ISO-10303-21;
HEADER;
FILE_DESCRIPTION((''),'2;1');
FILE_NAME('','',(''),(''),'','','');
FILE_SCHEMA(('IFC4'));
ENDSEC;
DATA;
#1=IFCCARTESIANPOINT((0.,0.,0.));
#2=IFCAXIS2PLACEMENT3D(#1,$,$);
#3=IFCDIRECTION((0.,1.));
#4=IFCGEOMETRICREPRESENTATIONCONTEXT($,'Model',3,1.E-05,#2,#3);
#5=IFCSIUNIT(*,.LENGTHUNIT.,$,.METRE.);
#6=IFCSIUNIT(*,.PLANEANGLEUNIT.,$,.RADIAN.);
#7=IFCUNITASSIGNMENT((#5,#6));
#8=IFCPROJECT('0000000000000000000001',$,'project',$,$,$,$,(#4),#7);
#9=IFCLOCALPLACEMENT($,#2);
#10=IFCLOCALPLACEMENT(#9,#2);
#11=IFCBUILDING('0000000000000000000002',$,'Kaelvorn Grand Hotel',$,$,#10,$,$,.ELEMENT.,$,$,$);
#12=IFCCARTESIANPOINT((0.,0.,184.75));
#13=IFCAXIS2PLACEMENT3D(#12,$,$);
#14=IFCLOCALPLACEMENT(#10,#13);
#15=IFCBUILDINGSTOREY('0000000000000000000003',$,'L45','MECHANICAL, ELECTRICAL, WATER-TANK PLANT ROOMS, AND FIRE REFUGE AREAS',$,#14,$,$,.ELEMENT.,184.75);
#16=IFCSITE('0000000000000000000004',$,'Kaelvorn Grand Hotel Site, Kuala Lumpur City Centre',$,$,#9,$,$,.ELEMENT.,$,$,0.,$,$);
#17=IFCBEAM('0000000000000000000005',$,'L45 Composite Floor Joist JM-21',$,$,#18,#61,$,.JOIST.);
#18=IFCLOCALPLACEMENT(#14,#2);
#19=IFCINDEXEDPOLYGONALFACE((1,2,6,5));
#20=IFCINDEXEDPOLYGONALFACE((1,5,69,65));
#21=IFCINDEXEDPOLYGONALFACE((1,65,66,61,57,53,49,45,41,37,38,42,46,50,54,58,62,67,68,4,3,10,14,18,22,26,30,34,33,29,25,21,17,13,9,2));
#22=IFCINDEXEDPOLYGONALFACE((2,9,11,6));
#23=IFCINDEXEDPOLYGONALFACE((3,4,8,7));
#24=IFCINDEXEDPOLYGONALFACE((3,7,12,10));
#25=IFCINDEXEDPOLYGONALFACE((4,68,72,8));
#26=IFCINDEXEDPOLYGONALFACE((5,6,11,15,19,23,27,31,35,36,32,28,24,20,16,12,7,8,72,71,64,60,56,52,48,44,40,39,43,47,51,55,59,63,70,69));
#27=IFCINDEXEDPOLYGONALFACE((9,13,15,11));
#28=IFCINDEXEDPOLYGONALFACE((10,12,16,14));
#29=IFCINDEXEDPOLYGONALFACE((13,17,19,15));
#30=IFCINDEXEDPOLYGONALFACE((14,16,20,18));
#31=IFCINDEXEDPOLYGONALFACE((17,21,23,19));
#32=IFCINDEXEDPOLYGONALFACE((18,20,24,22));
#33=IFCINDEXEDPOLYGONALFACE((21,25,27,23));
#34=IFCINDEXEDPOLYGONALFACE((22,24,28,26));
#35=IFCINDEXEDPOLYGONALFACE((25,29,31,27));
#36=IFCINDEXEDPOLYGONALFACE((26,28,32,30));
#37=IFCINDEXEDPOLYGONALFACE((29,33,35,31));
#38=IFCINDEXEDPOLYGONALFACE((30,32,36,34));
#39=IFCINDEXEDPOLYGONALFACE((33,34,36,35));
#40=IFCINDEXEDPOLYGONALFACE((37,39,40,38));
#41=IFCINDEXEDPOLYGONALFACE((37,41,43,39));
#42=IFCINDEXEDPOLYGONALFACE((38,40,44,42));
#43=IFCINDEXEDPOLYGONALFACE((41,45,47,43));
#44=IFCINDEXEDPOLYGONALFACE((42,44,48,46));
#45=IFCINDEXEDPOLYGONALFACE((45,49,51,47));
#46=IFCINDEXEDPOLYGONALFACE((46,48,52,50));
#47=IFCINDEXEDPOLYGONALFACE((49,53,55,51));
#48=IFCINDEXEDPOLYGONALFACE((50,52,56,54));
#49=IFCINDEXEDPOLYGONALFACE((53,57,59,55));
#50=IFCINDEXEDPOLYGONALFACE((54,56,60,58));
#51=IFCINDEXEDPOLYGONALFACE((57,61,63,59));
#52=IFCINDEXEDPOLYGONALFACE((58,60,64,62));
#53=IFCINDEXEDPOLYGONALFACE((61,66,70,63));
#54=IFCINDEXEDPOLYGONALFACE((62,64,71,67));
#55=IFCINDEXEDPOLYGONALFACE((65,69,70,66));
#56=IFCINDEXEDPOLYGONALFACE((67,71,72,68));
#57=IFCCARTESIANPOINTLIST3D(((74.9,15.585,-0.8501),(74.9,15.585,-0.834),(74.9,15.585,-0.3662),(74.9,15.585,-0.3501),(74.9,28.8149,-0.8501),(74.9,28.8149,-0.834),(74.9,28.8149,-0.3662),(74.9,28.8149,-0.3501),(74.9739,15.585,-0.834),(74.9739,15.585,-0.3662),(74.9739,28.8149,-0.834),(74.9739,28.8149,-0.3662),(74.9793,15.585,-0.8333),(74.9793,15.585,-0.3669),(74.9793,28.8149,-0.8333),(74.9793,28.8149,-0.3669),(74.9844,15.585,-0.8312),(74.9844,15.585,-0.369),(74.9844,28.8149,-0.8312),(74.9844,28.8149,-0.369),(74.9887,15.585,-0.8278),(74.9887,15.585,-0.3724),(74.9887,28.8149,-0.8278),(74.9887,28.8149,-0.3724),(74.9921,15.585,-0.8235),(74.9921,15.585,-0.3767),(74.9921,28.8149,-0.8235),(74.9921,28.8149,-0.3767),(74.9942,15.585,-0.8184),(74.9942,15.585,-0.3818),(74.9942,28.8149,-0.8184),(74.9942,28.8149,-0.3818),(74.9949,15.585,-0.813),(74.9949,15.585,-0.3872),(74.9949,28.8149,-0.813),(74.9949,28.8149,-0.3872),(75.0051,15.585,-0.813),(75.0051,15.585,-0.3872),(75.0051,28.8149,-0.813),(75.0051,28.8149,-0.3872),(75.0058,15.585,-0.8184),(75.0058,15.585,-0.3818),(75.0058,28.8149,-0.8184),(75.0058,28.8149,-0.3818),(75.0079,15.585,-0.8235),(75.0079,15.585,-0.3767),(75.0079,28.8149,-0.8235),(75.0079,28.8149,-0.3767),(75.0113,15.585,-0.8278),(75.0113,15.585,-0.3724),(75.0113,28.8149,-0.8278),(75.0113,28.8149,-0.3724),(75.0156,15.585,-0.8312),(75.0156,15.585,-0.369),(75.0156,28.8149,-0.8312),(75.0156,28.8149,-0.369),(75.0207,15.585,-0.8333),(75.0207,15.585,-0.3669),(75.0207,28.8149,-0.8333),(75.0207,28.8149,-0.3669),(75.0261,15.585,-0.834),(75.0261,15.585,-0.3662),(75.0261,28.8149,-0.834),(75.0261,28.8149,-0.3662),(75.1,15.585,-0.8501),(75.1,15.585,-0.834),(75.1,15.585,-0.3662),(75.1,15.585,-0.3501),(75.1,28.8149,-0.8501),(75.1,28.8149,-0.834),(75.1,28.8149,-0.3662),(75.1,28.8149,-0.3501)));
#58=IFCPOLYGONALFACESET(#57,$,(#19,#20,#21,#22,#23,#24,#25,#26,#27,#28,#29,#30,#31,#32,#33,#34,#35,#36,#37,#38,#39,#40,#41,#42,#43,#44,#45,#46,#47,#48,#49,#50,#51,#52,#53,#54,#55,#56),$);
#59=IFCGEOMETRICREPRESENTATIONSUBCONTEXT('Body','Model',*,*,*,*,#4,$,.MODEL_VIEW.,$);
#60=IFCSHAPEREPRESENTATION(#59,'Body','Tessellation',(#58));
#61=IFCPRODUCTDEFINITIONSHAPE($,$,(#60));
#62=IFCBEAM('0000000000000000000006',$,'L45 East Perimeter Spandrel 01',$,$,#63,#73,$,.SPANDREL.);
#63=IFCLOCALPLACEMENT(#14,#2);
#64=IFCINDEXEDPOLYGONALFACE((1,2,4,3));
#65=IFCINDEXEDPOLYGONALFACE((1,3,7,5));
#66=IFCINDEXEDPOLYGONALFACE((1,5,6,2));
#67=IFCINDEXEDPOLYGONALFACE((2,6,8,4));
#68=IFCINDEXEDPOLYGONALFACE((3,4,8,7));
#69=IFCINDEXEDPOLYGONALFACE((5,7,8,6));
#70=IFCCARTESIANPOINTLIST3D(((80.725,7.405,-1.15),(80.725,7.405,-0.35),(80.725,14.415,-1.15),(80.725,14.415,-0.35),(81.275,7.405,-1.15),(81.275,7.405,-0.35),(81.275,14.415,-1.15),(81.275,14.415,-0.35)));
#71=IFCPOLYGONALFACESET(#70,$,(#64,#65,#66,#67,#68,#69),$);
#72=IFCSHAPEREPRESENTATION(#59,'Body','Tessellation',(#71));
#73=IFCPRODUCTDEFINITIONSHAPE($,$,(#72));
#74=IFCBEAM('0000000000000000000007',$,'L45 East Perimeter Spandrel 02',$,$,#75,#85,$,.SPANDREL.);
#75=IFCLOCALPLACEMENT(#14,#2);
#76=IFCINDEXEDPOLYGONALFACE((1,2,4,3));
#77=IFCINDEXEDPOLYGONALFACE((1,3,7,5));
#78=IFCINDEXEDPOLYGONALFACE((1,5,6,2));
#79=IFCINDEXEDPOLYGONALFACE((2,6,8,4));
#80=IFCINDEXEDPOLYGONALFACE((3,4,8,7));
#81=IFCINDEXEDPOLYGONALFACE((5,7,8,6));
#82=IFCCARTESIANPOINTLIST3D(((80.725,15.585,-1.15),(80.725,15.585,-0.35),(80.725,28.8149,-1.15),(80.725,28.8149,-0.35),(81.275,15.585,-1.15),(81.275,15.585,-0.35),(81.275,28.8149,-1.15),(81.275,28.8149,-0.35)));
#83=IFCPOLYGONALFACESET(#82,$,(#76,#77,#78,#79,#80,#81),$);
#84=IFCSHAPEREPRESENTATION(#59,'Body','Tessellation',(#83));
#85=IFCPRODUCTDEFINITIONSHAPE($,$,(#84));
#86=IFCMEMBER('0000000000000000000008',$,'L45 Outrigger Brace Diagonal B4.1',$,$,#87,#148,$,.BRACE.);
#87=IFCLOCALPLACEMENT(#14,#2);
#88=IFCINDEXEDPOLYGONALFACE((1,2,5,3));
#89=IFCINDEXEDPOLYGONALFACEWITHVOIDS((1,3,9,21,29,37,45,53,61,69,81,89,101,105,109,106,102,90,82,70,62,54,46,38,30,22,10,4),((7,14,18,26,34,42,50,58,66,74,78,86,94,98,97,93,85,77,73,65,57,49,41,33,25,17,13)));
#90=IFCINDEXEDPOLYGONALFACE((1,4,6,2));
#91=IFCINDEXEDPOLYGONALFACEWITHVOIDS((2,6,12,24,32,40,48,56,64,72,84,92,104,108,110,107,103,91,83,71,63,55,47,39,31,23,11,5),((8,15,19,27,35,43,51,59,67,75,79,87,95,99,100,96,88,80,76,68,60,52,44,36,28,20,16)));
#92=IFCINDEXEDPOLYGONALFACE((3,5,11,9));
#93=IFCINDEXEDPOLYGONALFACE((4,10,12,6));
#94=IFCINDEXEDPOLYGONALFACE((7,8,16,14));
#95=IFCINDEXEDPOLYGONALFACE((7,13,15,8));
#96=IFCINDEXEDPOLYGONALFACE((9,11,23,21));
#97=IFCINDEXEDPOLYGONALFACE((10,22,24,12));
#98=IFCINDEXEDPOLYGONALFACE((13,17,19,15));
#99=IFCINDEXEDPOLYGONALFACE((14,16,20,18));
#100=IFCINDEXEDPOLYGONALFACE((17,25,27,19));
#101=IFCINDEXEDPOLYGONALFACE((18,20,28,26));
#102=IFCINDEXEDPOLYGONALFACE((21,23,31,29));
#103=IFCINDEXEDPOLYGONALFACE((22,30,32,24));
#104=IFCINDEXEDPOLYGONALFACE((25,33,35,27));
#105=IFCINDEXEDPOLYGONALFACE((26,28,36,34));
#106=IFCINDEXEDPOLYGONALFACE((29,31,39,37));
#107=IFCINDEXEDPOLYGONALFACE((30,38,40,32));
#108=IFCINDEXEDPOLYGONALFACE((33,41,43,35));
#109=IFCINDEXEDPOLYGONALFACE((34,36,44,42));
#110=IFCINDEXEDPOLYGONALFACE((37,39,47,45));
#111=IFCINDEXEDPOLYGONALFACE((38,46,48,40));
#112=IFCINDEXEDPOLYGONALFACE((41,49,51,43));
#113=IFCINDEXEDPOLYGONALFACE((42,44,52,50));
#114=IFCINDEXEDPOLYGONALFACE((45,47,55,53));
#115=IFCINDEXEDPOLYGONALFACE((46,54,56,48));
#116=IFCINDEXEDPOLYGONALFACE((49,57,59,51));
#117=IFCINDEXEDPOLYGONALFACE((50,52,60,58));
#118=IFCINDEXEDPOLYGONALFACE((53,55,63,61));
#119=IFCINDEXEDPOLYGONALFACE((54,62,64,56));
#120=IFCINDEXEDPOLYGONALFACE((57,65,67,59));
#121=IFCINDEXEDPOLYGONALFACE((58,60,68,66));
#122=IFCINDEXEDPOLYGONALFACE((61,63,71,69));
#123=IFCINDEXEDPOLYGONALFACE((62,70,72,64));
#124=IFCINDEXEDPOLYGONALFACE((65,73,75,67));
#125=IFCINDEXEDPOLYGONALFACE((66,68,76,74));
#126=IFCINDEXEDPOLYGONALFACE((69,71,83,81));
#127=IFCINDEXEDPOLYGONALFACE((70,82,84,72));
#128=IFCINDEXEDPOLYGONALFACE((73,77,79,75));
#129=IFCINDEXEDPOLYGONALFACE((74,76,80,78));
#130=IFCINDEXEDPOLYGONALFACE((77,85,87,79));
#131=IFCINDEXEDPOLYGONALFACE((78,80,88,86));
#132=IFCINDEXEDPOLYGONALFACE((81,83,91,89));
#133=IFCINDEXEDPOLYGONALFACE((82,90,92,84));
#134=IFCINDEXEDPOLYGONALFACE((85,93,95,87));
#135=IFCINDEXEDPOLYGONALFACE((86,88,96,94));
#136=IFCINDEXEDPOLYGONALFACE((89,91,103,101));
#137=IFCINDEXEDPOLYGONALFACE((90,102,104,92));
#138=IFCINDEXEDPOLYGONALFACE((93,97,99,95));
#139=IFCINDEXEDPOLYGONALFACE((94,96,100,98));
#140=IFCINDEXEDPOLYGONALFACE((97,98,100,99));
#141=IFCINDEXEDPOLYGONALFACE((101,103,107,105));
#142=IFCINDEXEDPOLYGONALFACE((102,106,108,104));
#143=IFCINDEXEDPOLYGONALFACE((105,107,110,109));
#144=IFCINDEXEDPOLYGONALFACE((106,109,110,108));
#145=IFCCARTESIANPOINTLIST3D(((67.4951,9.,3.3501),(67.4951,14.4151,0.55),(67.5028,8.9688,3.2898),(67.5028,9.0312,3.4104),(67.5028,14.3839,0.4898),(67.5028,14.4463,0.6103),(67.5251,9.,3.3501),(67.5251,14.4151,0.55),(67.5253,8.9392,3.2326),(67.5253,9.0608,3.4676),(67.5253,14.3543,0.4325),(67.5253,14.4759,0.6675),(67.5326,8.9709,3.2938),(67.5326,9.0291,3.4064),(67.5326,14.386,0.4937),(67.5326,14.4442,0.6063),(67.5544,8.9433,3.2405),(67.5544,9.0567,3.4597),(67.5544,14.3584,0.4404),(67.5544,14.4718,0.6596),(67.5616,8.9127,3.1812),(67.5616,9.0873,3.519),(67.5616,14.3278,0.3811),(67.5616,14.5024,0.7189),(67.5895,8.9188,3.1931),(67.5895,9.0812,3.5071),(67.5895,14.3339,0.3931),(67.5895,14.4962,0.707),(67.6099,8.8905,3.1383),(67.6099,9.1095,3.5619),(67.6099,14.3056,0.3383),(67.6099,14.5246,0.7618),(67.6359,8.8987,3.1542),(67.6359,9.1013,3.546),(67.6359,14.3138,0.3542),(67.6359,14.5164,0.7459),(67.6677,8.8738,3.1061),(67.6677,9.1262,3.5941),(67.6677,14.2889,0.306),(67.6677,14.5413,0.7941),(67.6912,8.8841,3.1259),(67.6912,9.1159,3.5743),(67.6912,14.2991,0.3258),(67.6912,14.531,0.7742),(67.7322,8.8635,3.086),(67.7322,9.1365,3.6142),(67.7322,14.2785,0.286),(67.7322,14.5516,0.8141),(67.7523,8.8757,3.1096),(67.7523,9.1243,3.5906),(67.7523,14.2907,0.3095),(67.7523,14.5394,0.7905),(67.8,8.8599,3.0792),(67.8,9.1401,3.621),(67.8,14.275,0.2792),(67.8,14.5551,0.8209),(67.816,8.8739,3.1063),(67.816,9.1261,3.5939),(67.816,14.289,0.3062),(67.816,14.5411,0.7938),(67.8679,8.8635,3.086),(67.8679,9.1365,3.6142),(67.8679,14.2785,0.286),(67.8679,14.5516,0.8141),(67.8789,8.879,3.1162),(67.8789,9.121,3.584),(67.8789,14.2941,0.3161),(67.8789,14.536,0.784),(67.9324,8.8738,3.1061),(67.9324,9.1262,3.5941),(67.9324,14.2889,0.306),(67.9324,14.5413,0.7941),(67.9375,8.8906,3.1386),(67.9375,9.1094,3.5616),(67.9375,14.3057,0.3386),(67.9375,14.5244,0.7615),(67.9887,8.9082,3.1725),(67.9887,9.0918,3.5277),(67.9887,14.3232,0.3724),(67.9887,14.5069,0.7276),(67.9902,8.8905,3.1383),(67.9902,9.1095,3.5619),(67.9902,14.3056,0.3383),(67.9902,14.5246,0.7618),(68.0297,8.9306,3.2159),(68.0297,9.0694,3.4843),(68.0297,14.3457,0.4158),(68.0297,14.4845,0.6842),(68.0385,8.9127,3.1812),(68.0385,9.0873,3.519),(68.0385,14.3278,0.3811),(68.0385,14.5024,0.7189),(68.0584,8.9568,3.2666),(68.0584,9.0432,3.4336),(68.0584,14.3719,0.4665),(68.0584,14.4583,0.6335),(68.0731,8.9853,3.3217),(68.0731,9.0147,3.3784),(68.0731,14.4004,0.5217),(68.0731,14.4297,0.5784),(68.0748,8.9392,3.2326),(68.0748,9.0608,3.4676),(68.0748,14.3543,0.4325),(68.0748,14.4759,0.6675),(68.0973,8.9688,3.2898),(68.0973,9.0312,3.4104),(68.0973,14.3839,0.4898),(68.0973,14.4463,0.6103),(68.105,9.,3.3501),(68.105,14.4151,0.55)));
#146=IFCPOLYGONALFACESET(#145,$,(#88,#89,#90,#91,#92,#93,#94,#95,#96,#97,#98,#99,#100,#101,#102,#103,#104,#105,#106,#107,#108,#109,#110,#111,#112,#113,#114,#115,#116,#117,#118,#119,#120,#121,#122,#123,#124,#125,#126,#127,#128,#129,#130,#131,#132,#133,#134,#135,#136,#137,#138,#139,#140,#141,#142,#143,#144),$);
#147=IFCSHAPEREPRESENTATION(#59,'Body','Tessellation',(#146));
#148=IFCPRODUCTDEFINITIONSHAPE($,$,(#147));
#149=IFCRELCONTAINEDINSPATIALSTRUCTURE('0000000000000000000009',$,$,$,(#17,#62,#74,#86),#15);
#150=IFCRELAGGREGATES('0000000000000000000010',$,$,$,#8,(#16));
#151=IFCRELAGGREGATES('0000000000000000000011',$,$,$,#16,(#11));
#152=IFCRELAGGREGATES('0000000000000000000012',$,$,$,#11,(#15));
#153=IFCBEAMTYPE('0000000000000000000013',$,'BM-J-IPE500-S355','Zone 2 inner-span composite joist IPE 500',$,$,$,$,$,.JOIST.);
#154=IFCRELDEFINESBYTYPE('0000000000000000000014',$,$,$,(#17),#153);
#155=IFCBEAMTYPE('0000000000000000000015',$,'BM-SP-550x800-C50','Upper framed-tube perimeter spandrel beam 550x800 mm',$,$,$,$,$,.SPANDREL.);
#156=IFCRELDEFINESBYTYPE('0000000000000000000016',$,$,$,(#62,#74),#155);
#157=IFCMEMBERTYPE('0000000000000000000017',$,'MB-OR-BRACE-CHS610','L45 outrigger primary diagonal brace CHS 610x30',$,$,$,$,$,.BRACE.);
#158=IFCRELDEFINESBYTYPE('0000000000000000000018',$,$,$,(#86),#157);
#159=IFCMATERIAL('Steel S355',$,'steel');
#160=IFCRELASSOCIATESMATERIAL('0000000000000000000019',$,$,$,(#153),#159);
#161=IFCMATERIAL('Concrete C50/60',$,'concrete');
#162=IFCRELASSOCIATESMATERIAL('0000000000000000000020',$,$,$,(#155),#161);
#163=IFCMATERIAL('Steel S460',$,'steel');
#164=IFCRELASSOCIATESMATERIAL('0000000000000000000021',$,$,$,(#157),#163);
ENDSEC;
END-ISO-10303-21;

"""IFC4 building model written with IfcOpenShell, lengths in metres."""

from ifc_helpers import new_model, si_unit, direction, frame, origin, origin_2d, place, context, subcontext, project, spatial, rectangle, hollow_circle, i_section, extrude, material, material_profile, profile_set, type_object, element, save


model = new_model("IFC4")

# Units and contexts
model_context = context("Model", 3, precision=1e-05, world=origin(), true_north=direction((0.0, 1.0)))
body_context = subcontext(model_context, "Body", "Model", "MODEL_VIEW")
ifc_project = project(units=[si_unit("LENGTHUNIT", "METRE"), si_unit("PLANEANGLEUNIT", "RADIAN")], contexts=[model_context])

# Site, building, storey
site_placement = place(None, origin())
site = spatial("IfcSite", under=ifc_project, at=site_placement, Name="Kaelvorn Grand Hotel Site, Kuala Lumpur City Centre", CompositionType="ELEMENT", RefElevation=0.0)
building_placement = place(site_placement, origin())
building = spatial("IfcBuilding", under=site, at=building_placement, Name="Kaelvorn Grand Hotel", CompositionType="ELEMENT")
storey_placement = place(building_placement, frame((0.0, 0.0, 184.75)))
storey = spatial("IfcBuildingStorey", under=building, at=storey_placement, Name="L45", Description="MECHANICAL, ELECTRICAL, WATER-TANK PLANT ROOMS, AND FIRE REFUGE AREAS", CompositionType="ELEMENT", Elevation=184.75)

# Beams
ifc_material_1 = material(Name="Steel S460", Category="steel")
ifc_material_2 = material(Name="Steel S355", Category="steel")
ifc_material_profile_1 = material_profile(ifc_material_2, i_section(OverallWidth=0.2, OverallDepth=0.5, WebThickness=0.0103, FlangeThickness=0.0161, FilletRadius=0.021, at=origin_2d()), Name="IPE 500")
ifc_profile_set_1 = profile_set([ifc_material_profile_1], Name="Steel S355")
beam_type_1 = type_object("IfcBeamType", Name="BM-J-IPE500-S355", Description="Zone 2 inner-span composite joist IPE 500", PredefinedType="JOIST", material=ifc_profile_set_1)
beam_1_placement = place(storey_placement, frame((75.0, 15.585, -0.6001), z_axis=(0.0, 1.0, 0.0), x_axis=(-1.0, 0.0, 0.0)))
element("IfcBeam", 1, at=beam_1_placement, inside=storey, type_object=beam_type_1, Name="L45 Composite Floor Joist JM-21", PredefinedType="JOIST", context=body_context, shape_type="SweptSolid", body=[
    extrude(i_section(OverallWidth=0.2, OverallDepth=0.5, WebThickness=0.0103, FlangeThickness=0.0161, FilletRadius=0.021, at=origin_2d()), origin(), (0.0, 0.0, 1.0), 13.23),
])
ifc_material_3 = material(Name="Concrete C50/60", Category="concrete")
ifc_material_profile_2 = material_profile(ifc_material_3, rectangle(XDim=0.55, YDim=0.8, at=origin_2d()), Name="RC SPANDREL 550x800")
ifc_profile_set_2 = profile_set([ifc_material_profile_2], Name="Concrete C50/60")
beam_type_2 = type_object("IfcBeamType", Name="BM-SP-550x800-C50", Description="Upper framed-tube perimeter spandrel beam 550x800 mm", PredefinedType="SPANDREL", material=ifc_profile_set_2)
beam_2_placement = place(storey_placement, frame((81.0, 7.405, -0.75), z_axis=(0.0, 1.0, 0.0), x_axis=(-1.0, 0.0, 0.0)))
element("IfcBeam", 2, at=beam_2_placement, inside=storey, type_object=beam_type_2, Name="L45 East Perimeter Spandrel 01", PredefinedType="SPANDREL", context=body_context, shape_type="SweptSolid", body=[
    extrude(rectangle(XDim=0.55, YDim=0.8, at=origin_2d()), origin(), (0.0, 0.0, 1.0), 7.01),
])
beam_3_placement = place(storey_placement, frame((81.0, 15.585, -0.75), z_axis=(0.0, 1.0, 0.0), x_axis=(-1.0, 0.0, 0.0)))
element("IfcBeam", 3, at=beam_3_placement, inside=storey, type_object=beam_type_2, Name="L45 East Perimeter Spandrel 02", PredefinedType="SPANDREL", context=body_context, shape_type="SweptSolid", body=[
    extrude(rectangle(XDim=0.55, YDim=0.8, at=origin_2d()), origin(), (0.0, 0.0, 1.0), 13.23),
])

# Member
ifc_material_profile_3 = material_profile(ifc_material_1, hollow_circle(Radius=0.3049, WallThickness=0.03, at=origin_2d()), Name="CHS 610.0x30.0")
ifc_profile_set_3 = profile_set([ifc_material_profile_3], Name="Steel S460")
member_type_1 = type_object("IfcMemberType", Name="MB-OR-BRACE-CHS610", Description="L45 outrigger primary diagonal brace CHS 610x30", PredefinedType="BRACE", material=ifc_profile_set_3)
member_placement = place(storey_placement, frame((67.8, 9.0, 3.3501), z_axis=(0.0, 0.888273, -0.459315), x_axis=(-1.0, 0.0, 0.0)))
element("IfcMember", 4, at=member_placement, inside=storey, type_object=member_type_1, Name="L45 Outrigger Brace Diagonal B4.1", PredefinedType="BRACE", context=body_context, shape_type="SweptSolid", body=[
    extrude(hollow_circle(Radius=0.3049, WallThickness=0.03, at=origin_2d()), origin(), (0.0, 0.0, 1.0), 6.0962),
])

save(model, "model.ifc")
